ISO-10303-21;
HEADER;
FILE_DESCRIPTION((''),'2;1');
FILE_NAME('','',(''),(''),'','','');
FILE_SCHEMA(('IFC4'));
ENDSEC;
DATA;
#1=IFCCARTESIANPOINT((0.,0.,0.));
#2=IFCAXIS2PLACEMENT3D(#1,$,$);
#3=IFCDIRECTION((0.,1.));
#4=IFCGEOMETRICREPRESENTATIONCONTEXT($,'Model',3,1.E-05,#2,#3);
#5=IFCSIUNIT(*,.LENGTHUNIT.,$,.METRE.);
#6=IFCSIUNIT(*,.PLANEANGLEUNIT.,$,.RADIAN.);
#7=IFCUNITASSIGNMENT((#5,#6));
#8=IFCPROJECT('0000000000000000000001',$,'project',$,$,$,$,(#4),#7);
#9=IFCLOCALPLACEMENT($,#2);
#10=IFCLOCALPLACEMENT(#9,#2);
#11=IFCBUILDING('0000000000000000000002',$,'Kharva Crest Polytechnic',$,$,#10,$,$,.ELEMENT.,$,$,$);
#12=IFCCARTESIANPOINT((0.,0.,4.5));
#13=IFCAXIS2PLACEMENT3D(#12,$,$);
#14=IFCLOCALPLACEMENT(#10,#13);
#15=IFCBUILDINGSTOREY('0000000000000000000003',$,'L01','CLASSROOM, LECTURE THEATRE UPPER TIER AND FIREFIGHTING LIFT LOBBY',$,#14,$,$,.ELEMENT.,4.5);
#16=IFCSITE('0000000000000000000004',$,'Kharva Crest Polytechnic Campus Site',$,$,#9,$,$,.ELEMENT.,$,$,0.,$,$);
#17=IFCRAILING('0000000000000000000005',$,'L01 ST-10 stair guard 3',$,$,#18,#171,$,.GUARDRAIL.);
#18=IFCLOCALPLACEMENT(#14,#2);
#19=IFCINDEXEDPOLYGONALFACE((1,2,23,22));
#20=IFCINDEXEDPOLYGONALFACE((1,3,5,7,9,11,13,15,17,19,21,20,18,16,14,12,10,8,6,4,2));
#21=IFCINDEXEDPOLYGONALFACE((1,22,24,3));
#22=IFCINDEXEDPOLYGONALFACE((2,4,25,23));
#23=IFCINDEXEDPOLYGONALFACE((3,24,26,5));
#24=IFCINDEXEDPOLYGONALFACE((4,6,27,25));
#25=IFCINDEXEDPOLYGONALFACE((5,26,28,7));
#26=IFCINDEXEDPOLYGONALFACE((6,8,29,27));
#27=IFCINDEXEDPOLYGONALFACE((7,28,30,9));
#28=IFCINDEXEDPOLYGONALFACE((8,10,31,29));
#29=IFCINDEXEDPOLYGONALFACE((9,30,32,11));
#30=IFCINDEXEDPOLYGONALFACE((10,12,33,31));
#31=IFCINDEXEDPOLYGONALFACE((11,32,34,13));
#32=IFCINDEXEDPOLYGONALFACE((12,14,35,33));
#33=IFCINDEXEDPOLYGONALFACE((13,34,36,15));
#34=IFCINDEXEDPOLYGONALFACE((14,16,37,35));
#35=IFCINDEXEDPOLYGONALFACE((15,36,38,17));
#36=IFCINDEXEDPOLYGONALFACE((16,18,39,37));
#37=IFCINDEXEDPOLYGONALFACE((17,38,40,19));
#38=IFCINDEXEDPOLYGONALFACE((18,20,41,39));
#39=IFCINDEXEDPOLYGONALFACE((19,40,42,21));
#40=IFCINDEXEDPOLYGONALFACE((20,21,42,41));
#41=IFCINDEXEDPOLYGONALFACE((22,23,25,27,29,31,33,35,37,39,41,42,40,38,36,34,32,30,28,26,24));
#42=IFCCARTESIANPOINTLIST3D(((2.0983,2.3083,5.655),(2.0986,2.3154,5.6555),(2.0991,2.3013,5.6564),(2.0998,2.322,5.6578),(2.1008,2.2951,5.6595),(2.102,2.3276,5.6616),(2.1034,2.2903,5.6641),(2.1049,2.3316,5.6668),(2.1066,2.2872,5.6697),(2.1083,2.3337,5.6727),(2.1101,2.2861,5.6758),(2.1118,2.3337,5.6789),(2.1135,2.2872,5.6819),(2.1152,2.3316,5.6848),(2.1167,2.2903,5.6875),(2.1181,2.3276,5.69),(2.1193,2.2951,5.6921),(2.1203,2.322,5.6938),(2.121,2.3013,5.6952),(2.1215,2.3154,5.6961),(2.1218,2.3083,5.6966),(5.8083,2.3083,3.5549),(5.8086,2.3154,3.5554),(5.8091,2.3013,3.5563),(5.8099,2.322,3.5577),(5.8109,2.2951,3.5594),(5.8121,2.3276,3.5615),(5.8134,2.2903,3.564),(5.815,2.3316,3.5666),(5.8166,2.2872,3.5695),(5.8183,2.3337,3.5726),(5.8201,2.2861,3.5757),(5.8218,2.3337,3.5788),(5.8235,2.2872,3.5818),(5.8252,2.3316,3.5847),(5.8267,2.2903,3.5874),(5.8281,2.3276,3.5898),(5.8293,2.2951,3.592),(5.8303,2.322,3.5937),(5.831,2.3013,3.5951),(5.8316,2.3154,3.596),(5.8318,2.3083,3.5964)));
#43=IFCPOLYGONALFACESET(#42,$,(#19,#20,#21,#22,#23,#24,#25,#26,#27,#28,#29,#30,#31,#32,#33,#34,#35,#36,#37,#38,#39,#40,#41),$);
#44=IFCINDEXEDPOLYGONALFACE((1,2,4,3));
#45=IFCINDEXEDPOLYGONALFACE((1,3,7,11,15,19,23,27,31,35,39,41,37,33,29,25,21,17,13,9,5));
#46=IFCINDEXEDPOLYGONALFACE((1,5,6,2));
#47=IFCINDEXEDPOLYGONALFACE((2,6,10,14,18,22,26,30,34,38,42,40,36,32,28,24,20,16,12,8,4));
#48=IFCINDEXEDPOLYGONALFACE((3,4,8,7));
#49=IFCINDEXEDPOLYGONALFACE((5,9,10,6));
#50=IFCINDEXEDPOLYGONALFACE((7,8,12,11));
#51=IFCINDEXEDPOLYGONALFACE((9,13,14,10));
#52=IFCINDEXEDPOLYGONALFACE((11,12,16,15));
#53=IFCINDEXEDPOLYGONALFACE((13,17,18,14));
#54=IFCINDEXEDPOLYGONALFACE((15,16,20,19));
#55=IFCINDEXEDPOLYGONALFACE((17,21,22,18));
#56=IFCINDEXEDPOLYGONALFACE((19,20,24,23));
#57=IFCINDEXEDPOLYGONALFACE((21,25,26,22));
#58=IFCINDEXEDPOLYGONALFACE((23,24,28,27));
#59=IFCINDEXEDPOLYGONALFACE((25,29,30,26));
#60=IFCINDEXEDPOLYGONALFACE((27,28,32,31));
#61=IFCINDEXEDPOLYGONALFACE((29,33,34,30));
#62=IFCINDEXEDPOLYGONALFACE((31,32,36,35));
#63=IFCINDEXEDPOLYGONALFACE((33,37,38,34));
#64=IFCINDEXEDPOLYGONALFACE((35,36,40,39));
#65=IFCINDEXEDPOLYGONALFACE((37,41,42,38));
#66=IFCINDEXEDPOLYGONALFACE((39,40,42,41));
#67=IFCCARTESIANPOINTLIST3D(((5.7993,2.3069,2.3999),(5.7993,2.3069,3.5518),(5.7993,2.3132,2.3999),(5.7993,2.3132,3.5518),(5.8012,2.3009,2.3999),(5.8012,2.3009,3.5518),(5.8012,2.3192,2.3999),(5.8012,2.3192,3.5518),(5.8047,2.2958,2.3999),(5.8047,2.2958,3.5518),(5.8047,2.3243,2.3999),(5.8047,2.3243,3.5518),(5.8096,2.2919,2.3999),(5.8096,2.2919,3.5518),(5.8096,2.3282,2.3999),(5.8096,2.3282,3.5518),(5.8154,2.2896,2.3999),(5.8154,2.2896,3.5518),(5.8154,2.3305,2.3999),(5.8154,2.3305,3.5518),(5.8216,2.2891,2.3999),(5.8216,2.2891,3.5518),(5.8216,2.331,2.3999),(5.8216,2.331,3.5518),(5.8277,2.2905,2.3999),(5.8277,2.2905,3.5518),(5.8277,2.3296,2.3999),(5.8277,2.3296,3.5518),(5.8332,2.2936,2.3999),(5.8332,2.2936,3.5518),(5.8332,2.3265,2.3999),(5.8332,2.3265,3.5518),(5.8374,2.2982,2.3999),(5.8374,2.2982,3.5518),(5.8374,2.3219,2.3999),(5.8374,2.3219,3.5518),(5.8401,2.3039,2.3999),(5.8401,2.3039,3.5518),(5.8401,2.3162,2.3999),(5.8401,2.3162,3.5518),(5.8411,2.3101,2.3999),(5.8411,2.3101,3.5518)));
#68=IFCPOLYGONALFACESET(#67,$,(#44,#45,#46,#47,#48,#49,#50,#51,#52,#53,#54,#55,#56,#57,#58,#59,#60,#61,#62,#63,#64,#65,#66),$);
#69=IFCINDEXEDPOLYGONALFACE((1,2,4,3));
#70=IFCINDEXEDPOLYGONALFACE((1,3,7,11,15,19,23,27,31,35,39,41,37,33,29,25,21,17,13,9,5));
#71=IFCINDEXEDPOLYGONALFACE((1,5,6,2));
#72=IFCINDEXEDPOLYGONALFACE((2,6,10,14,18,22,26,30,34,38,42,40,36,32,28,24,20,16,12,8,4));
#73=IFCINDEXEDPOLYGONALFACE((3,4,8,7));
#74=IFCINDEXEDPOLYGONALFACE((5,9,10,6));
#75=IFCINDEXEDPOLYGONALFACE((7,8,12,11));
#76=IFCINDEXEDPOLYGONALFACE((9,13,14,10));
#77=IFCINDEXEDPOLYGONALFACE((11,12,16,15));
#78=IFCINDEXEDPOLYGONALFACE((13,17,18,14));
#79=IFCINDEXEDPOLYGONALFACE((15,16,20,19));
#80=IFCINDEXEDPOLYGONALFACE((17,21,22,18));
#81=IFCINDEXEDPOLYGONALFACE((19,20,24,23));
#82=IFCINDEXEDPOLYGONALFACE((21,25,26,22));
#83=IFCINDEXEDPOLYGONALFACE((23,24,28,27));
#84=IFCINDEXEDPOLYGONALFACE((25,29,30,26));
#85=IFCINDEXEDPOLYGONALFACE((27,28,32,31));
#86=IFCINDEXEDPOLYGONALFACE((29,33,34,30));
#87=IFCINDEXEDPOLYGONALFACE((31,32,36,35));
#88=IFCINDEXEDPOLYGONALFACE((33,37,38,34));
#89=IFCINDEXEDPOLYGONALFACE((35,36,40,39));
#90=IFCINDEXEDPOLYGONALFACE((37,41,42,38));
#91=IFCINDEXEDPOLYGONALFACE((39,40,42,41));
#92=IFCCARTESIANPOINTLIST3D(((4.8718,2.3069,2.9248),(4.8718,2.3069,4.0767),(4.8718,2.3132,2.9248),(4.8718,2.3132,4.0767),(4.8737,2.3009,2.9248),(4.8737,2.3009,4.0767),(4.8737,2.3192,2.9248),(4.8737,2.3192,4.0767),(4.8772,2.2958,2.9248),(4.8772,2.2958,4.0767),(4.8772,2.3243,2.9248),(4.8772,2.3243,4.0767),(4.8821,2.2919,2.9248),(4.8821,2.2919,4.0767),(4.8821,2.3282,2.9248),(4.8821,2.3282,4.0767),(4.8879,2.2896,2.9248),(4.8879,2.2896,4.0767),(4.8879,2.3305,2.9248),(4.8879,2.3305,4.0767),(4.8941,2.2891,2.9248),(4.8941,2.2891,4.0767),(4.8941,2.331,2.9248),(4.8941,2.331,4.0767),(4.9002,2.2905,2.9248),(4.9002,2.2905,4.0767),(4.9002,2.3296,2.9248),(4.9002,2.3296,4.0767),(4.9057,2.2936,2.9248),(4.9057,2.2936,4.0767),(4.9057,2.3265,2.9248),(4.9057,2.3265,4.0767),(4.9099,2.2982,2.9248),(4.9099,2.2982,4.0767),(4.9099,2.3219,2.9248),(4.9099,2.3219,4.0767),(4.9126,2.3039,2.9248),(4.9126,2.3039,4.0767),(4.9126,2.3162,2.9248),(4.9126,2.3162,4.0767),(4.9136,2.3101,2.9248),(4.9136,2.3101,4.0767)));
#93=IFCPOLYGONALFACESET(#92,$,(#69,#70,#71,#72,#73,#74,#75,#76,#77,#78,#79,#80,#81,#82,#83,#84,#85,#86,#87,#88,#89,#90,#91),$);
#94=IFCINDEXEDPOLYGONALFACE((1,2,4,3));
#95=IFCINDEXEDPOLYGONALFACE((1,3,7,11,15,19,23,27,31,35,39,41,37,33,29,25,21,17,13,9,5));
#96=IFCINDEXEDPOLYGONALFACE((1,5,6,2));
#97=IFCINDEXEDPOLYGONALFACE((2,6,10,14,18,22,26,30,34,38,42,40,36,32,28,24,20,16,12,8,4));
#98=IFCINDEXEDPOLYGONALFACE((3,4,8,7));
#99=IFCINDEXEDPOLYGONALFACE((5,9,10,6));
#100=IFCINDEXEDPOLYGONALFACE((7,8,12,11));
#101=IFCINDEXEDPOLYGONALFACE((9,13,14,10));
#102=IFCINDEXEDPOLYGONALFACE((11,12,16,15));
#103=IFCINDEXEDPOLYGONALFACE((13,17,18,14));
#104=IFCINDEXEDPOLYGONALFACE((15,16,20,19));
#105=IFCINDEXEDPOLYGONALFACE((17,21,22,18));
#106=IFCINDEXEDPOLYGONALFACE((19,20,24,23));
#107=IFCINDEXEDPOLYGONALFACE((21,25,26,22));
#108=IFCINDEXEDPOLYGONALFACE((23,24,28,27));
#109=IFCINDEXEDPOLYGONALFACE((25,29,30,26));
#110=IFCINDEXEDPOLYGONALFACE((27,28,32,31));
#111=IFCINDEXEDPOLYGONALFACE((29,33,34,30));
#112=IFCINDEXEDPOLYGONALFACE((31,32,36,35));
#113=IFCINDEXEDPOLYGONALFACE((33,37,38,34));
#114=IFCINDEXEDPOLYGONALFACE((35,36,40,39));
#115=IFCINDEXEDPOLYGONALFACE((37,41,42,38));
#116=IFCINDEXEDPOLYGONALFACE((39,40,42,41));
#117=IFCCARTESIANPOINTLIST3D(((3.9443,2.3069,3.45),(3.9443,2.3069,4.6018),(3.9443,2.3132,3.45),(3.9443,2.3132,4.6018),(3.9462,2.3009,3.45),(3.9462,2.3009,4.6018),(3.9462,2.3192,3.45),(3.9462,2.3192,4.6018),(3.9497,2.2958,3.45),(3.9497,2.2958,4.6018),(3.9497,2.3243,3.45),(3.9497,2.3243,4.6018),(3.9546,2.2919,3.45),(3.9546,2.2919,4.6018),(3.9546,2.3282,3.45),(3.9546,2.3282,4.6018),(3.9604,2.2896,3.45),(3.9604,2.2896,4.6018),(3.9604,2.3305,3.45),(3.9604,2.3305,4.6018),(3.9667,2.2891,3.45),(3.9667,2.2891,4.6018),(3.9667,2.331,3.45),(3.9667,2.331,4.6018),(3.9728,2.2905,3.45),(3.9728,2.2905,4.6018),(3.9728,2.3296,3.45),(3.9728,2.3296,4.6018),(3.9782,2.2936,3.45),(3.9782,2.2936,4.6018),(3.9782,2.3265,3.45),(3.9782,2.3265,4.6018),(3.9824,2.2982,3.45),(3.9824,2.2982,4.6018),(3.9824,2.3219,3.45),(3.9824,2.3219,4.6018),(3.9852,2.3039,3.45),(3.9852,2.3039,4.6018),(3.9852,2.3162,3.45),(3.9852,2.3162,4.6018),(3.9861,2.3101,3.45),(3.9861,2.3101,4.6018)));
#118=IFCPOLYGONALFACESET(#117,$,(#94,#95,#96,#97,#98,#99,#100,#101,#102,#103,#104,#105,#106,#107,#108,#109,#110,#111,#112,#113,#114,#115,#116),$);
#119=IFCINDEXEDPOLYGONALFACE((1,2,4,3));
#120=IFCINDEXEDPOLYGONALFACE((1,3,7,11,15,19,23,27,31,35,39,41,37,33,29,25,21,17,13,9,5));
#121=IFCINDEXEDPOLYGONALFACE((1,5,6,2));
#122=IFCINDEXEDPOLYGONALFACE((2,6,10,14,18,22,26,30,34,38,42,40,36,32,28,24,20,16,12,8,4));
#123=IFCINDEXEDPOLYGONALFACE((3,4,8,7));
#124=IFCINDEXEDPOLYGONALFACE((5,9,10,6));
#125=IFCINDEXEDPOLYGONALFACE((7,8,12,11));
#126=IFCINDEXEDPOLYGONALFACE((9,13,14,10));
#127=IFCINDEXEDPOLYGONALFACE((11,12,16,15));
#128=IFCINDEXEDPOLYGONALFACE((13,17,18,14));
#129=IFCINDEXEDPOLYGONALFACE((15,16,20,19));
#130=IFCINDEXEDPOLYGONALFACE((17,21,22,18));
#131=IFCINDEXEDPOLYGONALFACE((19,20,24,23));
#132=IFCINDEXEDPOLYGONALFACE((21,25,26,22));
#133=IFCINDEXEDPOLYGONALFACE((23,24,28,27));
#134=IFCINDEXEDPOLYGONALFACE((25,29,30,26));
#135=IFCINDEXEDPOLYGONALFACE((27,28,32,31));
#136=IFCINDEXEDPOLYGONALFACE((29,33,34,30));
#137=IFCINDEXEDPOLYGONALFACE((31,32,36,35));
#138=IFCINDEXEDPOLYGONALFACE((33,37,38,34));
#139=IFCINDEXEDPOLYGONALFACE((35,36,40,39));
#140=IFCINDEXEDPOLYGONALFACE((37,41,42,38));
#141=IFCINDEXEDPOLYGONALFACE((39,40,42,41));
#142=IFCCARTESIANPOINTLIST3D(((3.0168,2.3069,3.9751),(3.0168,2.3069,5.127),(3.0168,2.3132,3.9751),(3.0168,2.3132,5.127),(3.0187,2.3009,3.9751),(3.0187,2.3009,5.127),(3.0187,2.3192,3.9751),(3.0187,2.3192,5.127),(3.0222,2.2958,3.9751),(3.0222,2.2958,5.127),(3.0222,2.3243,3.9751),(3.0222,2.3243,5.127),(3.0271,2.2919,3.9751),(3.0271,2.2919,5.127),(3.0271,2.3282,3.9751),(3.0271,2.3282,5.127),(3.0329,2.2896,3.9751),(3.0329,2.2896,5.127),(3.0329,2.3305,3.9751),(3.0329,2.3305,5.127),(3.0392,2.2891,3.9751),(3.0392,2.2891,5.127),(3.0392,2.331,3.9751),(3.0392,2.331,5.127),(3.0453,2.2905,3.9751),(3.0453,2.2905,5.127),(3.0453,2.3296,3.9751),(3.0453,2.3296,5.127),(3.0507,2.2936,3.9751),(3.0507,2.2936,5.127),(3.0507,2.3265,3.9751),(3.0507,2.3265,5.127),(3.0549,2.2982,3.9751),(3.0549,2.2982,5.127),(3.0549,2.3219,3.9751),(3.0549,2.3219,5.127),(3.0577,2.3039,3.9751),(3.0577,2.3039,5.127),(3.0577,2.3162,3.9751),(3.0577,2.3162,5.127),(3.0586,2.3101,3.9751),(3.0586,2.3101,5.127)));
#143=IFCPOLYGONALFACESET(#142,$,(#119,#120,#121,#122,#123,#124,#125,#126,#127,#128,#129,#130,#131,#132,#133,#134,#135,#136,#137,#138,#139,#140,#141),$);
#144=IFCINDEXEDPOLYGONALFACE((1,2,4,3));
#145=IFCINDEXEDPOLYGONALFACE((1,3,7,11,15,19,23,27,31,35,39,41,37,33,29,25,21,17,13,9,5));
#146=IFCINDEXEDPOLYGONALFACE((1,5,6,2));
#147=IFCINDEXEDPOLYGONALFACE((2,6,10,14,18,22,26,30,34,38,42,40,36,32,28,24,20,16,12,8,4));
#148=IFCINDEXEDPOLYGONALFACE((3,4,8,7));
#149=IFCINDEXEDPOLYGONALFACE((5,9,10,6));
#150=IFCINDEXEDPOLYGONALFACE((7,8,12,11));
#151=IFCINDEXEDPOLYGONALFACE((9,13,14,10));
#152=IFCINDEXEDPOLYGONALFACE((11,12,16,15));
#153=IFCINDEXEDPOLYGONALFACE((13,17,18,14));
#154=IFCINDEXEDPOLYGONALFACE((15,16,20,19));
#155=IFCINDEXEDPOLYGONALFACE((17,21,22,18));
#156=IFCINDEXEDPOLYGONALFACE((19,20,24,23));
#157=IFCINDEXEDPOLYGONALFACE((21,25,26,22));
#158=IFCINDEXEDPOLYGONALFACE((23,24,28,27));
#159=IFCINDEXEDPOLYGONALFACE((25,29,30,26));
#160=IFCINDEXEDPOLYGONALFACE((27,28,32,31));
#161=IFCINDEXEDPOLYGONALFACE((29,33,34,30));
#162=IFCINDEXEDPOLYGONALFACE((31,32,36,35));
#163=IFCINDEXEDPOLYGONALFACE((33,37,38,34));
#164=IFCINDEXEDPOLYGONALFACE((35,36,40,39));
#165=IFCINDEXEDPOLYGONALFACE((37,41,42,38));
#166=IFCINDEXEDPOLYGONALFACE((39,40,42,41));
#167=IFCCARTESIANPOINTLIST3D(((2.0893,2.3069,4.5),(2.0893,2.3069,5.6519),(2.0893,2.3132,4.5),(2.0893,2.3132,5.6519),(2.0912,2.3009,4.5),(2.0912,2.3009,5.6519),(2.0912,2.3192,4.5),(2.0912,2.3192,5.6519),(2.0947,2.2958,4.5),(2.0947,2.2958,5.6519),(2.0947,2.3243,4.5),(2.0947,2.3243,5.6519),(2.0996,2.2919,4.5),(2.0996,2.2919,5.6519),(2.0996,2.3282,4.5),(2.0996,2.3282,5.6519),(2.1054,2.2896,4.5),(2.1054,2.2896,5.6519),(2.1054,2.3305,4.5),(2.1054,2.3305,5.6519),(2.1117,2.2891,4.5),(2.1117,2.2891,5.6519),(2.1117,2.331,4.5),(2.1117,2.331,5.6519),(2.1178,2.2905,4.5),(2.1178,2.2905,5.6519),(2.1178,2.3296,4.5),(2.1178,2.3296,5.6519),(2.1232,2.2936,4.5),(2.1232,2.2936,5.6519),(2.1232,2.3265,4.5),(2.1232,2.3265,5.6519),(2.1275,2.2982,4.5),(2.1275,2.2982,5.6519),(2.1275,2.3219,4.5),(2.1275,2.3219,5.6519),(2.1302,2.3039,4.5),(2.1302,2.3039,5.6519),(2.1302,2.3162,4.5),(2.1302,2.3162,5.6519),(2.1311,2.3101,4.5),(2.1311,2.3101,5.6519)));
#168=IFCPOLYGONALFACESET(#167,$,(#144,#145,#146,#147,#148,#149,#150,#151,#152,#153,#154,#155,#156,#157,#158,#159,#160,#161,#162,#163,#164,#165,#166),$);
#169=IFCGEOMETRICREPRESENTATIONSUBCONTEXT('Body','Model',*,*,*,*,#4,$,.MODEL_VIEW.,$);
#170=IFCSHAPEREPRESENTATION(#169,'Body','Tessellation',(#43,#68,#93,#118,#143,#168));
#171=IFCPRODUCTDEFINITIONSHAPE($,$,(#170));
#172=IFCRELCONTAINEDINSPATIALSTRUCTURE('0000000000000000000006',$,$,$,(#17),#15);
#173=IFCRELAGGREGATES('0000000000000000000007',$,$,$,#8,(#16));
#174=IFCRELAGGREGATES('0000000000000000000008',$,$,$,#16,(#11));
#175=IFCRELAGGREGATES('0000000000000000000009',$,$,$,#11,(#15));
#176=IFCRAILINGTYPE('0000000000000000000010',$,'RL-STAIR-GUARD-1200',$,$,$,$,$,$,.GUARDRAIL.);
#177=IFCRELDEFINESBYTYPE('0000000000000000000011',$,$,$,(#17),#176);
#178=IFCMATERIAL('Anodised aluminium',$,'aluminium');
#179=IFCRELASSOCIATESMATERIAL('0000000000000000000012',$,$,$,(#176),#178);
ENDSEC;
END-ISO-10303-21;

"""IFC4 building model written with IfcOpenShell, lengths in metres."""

from ifc_helpers import new_model, si_unit, direction, frame, origin, origin_2d, place, context, subcontext, project, spatial, circle, extrude, material, type_object, element, save


model = new_model("IFC4")

# Units and contexts
model_context = context("Model", 3, precision=1e-05, world=origin(), true_north=direction((0.0, 1.0)))
body_context = subcontext(model_context, "Body", "Model", "MODEL_VIEW")
ifc_project = project(units=[si_unit("LENGTHUNIT", "METRE"), si_unit("PLANEANGLEUNIT", "RADIAN")], contexts=[model_context])

# Site, building, storey
site_placement = place(None, origin())
site = spatial("IfcSite", under=ifc_project, at=site_placement, Name="Kharva Crest Polytechnic Campus Site", CompositionType="ELEMENT", RefElevation=0.0)
building_placement = place(site_placement, origin())
building = spatial("IfcBuilding", under=site, at=building_placement, Name="Kharva Crest Polytechnic", CompositionType="ELEMENT")
storey_placement = place(building_placement, frame((0.0, 0.0, 4.5)))
storey = spatial("IfcBuildingStorey", under=building, at=storey_placement, Name="L01", Description="CLASSROOM, LECTURE THEATRE UPPER TIER AND FIREFIGHTING LIFT LOBBY", CompositionType="ELEMENT", Elevation=4.5)

# Shared definitions
ifc_material_1 = material(Name="Anodised aluminium", Category="aluminium")

# Railing
railing_type_1 = type_object("IfcRailingType", Name="RL-STAIR-GUARD-1200", PredefinedType="GUARDRAIL", material=ifc_material_1)
railing_1_placement = place(storey_placement, frame((5.8201, 2.3101, 2.3999)))
element("IfcRailing", 1, at=railing_1_placement, inside=storey, type_object=railing_type_1, Name="L01 ST-10 stair guard 3", PredefinedType="GUARDRAIL", context=body_context, shape_type="SweptSolid", body=[
    extrude(circle(Radius=0.0239, at=origin_2d()), frame((0.0, 0.0, 1.1758), z_axis=(-0.870245, 0.0, 0.492619), x_axis=(0.0, -1.0, 0.0)), (0.0, 0.0, 1.0), 4.2632),
    extrude(circle(Radius=0.021, at=origin_2d()), origin(), (0.0, 0.0, 1.0), 1.1519),
    extrude(circle(Radius=0.021, at=origin_2d()), frame((-0.9275, 0.0, 0.5249)), (0.0, 0.0, 1.0), 1.1519),
    extrude(circle(Radius=0.021, at=origin_2d()), frame((-1.855, 0.0, 1.05)), (0.0, 0.0, 1.0), 1.1519),
    extrude(circle(Radius=0.021, at=origin_2d()), frame((-2.7825, 0.0, 1.5752)), (0.0, 0.0, 1.0), 1.1519),
    extrude(circle(Radius=0.021, at=origin_2d()), frame((-3.71, 0.0, 2.1001)), (0.0, 0.0, 1.0), 1.1519),
])

save(model, "model.ifc")
